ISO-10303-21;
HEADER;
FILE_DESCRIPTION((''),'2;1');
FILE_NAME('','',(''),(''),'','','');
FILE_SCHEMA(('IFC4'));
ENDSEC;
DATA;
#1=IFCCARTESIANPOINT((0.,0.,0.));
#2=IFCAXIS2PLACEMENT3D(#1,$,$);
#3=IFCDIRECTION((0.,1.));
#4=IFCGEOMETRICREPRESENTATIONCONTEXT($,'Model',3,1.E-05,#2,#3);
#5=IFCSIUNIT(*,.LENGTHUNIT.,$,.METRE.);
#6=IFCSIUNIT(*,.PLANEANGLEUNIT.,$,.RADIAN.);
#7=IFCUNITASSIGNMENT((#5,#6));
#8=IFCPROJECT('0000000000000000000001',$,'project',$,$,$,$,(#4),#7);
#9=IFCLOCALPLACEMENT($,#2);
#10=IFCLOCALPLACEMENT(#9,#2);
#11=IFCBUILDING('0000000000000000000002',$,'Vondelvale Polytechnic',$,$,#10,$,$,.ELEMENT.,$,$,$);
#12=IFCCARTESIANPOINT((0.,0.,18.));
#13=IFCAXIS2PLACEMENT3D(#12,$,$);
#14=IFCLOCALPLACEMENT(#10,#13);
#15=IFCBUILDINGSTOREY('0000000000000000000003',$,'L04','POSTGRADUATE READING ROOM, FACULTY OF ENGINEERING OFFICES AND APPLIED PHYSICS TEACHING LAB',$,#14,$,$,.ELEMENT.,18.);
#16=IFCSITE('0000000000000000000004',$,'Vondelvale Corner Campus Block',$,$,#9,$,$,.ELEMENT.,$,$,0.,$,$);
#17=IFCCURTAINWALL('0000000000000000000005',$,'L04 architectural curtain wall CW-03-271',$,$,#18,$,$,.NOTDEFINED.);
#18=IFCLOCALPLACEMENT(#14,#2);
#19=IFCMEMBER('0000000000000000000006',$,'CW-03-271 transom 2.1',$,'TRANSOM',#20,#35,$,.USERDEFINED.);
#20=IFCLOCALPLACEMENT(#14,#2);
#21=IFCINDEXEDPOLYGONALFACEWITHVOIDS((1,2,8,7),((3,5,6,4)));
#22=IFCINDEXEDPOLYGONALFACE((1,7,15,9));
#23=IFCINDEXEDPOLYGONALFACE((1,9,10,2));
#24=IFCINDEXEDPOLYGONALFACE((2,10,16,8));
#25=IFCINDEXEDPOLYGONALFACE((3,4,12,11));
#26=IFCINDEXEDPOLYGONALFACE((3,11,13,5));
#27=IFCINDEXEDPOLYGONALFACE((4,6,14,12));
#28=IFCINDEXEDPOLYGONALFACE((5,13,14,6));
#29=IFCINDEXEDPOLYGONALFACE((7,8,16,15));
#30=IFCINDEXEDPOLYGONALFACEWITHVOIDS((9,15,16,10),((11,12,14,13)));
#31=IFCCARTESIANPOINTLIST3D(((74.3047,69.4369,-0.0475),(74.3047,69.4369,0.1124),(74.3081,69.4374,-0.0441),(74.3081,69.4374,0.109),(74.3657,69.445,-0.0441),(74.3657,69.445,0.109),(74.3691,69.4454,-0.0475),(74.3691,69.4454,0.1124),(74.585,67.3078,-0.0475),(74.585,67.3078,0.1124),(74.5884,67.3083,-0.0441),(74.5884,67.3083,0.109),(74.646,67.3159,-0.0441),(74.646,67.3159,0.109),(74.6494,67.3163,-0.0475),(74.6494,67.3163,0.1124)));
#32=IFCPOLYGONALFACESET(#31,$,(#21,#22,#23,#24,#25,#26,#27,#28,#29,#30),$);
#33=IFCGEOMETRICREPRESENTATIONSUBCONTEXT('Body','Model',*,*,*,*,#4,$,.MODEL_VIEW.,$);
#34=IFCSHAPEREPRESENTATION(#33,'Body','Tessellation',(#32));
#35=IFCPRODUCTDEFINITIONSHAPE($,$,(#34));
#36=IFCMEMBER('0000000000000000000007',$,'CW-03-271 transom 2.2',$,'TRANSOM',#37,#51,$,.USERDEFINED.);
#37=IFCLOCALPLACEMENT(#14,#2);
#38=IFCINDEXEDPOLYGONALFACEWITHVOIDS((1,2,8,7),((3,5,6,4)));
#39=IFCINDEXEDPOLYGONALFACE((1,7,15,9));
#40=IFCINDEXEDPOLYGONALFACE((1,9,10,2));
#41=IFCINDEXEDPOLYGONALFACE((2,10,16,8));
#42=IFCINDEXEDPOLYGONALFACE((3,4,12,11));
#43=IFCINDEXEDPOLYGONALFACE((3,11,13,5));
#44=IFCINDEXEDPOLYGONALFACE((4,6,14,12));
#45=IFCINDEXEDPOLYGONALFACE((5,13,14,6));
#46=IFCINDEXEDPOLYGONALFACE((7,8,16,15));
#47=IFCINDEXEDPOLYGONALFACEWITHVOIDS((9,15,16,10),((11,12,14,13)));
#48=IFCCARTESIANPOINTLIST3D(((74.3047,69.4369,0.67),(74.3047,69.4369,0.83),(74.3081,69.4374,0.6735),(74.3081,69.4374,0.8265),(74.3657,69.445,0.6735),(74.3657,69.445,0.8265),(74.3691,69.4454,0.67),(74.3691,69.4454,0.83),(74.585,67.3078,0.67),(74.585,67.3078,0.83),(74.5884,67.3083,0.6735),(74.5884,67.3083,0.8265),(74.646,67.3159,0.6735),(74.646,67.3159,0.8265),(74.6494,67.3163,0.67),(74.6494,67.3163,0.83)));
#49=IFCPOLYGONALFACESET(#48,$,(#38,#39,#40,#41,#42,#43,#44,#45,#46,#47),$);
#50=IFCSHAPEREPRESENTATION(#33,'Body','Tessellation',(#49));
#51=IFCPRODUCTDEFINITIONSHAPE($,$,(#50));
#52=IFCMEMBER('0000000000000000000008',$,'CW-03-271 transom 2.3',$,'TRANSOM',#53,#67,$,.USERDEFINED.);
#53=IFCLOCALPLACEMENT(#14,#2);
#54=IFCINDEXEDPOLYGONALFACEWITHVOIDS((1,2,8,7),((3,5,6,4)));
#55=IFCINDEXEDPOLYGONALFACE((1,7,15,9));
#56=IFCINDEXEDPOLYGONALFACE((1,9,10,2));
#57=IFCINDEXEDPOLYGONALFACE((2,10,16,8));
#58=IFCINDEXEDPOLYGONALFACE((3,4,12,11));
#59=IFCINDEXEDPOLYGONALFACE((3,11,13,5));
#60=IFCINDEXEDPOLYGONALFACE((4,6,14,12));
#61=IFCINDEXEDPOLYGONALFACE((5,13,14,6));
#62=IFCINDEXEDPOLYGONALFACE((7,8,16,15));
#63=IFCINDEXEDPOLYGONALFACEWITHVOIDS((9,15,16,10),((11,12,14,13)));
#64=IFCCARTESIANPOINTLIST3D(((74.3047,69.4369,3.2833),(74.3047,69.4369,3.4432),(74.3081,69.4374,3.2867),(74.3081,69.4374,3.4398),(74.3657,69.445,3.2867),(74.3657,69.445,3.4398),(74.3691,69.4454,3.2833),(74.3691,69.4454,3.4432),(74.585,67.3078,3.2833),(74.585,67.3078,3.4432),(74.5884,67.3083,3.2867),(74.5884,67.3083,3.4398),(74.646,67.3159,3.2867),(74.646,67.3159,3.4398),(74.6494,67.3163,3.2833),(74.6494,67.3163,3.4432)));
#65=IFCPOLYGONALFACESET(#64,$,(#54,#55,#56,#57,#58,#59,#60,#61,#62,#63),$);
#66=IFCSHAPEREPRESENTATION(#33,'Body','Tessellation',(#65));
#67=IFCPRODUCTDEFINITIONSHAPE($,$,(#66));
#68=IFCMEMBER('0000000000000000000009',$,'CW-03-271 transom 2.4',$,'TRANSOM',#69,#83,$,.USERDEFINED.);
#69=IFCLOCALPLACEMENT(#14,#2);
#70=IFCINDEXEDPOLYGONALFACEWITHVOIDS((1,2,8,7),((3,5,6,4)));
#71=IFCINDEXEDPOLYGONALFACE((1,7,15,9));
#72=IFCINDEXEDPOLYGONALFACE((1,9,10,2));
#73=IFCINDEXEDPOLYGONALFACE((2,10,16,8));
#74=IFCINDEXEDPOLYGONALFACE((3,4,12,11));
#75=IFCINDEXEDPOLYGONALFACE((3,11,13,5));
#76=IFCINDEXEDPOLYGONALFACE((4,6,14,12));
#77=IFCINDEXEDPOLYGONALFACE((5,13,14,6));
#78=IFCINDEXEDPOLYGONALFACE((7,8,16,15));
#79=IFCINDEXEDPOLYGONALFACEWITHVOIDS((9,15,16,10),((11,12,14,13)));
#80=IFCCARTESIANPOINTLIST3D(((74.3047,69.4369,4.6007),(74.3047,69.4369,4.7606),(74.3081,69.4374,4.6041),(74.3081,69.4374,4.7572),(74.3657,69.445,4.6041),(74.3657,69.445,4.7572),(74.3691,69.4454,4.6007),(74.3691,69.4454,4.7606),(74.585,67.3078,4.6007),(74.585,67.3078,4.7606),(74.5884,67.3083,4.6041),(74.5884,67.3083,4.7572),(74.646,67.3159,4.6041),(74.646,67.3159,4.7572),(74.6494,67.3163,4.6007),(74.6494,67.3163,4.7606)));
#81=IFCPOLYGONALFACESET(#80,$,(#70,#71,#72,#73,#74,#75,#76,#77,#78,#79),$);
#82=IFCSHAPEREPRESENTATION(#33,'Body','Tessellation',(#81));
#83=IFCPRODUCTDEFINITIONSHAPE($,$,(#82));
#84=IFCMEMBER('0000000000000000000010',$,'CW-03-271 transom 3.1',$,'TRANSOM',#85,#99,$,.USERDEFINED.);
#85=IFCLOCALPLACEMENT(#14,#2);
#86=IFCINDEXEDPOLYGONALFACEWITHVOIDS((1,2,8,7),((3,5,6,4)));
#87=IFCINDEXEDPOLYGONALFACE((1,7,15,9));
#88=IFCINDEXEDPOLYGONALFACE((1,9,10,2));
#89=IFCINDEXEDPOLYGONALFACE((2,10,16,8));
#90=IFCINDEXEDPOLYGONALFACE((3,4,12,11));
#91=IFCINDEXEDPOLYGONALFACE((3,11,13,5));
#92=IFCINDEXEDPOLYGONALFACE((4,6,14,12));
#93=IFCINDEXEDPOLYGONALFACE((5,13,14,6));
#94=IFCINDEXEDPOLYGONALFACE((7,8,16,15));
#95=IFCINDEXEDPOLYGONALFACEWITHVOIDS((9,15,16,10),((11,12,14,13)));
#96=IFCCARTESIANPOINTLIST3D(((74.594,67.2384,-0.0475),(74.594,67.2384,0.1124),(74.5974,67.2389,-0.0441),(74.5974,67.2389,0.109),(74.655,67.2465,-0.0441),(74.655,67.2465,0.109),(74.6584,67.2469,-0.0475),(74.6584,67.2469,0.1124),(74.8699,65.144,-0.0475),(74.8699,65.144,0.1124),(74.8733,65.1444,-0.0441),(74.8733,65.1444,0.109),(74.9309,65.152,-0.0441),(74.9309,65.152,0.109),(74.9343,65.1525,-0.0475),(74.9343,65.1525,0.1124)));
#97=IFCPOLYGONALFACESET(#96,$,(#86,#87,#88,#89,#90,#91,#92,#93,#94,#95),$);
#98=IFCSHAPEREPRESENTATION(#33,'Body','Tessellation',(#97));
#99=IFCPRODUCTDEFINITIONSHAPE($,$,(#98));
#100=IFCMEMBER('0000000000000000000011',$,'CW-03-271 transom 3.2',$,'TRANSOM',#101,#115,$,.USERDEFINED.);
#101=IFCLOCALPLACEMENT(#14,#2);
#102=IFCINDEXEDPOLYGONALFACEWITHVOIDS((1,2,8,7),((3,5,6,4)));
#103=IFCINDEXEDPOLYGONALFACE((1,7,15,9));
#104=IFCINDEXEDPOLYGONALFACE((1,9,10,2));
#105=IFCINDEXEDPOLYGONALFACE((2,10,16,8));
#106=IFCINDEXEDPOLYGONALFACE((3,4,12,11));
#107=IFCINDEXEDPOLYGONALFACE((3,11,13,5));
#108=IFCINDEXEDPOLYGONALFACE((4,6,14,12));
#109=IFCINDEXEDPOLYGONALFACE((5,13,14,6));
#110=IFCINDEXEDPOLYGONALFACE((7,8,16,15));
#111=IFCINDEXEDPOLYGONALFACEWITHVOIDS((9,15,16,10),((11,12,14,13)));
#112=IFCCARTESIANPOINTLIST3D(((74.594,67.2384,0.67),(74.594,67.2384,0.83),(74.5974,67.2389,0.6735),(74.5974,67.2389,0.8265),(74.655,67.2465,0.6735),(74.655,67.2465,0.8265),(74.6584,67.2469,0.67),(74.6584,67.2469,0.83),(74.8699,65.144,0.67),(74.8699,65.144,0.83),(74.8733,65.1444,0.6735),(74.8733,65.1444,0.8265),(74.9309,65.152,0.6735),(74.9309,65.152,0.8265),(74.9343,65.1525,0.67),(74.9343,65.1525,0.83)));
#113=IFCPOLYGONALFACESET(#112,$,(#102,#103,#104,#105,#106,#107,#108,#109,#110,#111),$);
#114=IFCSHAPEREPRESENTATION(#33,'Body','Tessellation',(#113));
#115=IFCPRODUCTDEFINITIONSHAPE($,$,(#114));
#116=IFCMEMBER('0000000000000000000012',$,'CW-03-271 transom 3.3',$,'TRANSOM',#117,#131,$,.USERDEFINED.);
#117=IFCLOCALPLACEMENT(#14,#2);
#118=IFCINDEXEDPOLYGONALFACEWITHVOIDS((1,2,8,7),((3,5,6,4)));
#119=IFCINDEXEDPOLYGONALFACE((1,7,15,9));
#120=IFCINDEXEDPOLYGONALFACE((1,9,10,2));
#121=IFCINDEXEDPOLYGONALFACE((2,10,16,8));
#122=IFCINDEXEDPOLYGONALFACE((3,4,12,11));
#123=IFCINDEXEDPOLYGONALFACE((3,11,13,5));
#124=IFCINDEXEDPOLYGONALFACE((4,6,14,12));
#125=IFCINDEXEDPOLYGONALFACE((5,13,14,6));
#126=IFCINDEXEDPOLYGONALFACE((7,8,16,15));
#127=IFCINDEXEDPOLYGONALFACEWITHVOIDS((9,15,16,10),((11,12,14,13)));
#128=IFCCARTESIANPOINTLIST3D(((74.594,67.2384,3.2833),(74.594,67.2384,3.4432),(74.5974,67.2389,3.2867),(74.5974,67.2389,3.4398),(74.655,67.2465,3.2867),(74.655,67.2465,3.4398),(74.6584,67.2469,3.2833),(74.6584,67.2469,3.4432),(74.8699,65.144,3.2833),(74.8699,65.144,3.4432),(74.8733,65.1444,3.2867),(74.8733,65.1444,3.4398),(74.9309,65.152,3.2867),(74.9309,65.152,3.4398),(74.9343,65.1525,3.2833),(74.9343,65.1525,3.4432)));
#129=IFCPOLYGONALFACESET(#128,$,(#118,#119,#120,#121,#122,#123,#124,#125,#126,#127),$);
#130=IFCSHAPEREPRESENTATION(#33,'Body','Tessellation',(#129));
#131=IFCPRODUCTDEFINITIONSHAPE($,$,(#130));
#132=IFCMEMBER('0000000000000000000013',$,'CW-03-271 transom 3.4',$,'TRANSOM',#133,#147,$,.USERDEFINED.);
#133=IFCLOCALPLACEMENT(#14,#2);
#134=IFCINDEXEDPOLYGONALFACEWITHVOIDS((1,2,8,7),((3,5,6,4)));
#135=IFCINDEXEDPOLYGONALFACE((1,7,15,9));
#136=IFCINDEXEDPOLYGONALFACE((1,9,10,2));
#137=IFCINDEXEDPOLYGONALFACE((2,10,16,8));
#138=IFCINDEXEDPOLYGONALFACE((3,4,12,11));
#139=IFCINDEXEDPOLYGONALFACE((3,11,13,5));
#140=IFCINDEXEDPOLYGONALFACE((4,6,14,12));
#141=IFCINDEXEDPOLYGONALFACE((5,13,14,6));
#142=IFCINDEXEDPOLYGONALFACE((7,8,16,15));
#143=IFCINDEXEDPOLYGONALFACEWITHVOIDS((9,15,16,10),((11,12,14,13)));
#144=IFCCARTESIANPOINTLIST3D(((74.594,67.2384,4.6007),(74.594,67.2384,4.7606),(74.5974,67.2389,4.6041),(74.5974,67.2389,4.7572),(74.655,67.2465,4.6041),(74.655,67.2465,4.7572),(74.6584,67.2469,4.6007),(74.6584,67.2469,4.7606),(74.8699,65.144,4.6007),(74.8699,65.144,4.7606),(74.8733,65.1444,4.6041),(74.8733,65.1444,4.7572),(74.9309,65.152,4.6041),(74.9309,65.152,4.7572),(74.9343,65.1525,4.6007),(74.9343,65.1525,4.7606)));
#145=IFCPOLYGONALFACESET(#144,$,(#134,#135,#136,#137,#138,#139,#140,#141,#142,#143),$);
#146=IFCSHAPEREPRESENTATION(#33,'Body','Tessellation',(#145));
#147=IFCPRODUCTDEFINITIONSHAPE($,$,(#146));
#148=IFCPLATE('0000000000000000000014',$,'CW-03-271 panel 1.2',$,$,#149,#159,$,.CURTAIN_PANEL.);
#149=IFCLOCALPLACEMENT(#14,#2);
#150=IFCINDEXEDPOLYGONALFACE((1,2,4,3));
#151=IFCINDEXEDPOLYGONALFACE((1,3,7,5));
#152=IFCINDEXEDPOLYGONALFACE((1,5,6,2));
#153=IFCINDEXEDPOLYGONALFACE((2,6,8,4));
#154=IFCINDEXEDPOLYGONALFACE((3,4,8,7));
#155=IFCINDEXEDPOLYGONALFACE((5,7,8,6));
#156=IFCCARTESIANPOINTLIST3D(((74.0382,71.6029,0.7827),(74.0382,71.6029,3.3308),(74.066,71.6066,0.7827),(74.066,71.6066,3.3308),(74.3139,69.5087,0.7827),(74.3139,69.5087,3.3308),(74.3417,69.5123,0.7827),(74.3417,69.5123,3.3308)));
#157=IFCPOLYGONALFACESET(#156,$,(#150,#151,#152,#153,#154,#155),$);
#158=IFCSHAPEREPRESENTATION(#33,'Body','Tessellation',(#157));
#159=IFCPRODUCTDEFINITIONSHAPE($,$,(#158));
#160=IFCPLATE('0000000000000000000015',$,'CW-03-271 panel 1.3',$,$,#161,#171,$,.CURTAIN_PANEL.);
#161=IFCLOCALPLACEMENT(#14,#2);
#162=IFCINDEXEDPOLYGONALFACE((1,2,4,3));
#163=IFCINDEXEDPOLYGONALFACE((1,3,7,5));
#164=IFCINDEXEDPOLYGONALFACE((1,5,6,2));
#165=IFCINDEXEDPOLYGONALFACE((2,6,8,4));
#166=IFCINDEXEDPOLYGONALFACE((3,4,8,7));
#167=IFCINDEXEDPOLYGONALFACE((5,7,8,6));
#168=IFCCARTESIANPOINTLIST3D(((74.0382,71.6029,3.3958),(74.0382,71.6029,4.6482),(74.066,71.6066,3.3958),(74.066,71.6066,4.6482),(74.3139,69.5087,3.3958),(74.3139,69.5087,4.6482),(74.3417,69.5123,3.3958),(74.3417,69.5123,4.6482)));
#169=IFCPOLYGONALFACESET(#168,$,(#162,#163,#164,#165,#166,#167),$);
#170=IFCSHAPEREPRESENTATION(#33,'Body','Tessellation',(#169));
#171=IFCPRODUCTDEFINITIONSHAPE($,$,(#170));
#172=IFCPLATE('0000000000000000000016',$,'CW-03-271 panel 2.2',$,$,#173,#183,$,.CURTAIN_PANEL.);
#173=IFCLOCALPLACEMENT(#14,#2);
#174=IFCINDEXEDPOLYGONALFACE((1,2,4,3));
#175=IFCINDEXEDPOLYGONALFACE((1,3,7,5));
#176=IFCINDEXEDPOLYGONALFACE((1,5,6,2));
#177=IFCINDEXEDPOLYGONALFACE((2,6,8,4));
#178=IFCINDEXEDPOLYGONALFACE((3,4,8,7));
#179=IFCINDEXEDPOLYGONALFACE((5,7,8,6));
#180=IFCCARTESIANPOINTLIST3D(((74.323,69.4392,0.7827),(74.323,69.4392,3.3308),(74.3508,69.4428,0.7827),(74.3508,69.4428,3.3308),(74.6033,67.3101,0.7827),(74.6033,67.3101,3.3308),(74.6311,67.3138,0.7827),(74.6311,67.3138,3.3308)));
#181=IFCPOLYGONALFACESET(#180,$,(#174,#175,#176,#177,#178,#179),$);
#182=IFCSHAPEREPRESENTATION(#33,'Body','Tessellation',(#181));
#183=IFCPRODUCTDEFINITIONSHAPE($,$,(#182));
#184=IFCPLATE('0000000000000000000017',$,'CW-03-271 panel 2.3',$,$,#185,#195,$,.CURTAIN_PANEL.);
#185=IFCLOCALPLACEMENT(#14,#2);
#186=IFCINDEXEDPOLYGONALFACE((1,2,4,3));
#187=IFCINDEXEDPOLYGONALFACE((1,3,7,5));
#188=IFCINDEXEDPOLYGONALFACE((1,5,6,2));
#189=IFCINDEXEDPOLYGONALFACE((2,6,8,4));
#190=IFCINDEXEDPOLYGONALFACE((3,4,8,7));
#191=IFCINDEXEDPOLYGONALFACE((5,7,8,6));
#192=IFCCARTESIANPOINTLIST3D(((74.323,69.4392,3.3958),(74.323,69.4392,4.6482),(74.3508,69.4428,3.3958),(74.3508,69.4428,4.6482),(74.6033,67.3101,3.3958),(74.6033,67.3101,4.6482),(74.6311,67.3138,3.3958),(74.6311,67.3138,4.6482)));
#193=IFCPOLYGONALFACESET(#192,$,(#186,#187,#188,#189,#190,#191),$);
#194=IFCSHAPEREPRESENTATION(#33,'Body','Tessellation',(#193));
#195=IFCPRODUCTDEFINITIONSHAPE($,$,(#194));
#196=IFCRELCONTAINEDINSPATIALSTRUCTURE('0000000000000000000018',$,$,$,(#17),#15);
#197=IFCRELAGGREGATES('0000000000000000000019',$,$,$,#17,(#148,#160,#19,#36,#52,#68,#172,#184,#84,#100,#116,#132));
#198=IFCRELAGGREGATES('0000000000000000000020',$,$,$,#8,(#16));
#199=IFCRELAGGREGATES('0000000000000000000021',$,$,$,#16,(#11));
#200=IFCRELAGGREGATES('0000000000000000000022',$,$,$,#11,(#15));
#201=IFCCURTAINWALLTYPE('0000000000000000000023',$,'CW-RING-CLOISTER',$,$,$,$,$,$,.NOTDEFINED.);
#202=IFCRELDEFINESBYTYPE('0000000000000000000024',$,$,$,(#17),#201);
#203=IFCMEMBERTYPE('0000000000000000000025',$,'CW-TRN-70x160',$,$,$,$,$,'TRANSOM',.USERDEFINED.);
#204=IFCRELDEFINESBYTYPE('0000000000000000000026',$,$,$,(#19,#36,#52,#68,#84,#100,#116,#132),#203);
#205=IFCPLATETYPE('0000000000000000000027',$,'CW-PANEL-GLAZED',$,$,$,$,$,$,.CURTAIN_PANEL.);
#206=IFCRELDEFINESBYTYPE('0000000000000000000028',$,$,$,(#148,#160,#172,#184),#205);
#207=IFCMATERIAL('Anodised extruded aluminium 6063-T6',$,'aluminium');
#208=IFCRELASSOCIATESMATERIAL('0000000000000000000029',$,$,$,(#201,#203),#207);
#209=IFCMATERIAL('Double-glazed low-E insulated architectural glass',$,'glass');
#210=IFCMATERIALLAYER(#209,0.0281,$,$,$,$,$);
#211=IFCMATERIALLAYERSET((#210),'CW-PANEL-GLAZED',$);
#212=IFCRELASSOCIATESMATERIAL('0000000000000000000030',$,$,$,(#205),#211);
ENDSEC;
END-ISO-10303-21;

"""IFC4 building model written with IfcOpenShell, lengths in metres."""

from ifc_helpers import new_model, si_unit, direction, frame, origin, origin_2d, place, context, subcontext, project, spatial, rectangle, hollow_rectangle, extrude, material, layer, layer_set, material_profile, profile_set, type_object, element, aggregate, save


model = new_model("IFC4")

# Units and contexts
model_context = context("Model", 3, precision=1e-05, world=origin(), true_north=direction((0.0, 1.0)))
body_context = subcontext(model_context, "Body", "Model", "MODEL_VIEW")
ifc_project = project(units=[si_unit("LENGTHUNIT", "METRE"), si_unit("PLANEANGLEUNIT", "RADIAN")], contexts=[model_context])

# Site, building, storey
site_placement = place(None, origin())
site = spatial("IfcSite", under=ifc_project, at=site_placement, Name="Vondelvale Corner Campus Block", CompositionType="ELEMENT", RefElevation=0.0)
building_placement = place(site_placement, origin())
building = spatial("IfcBuilding", under=site, at=building_placement, Name="Vondelvale Polytechnic", CompositionType="ELEMENT")
storey_placement = place(building_placement, frame((0.0, 0.0, 18.0)))
storey = spatial("IfcBuildingStorey", under=building, at=storey_placement, Name="L04", Description="POSTGRADUATE READING ROOM, FACULTY OF ENGINEERING OFFICES AND APPLIED PHYSICS TEACHING LAB", CompositionType="ELEMENT", Elevation=18.0)

# Curtain wall, members, plates
ifc_material_1 = material(Name="Anodised extruded aluminium 6063-T6", Category="aluminium")
curtain_wall_type = type_object("IfcCurtainWallType", Name="CW-RING-CLOISTER", PredefinedType="NOTDEFINED", material=ifc_material_1)
curtain_wall_placement = place(storey_placement, origin())
curtain_wall = element("IfcCurtainWall", 1, at=curtain_wall_placement, inside=storey, type_object=curtain_wall_type, Name="L04 architectural curtain wall CW-03-271", PredefinedType="NOTDEFINED")
ifc_material_profile_1 = material_profile(ifc_material_1, hollow_rectangle(XDim=0.0649, YDim=0.1599, WallThickness=0.0034, at=origin_2d()), Name="CW-TRN-160x65")
ifc_profile_set_1 = profile_set([ifc_material_profile_1], Name="Anodised extruded aluminium 6063-T6")
member_type_1 = type_object("IfcMemberType", Name="CW-TRN-70x160", ElementType="TRANSOM", PredefinedType="USERDEFINED", material=ifc_profile_set_1)
member_1_placement = place(storey_placement, frame((74.3369, 69.4412, 0.0325), z_axis=(0.13051, -0.991447, 0.0), x_axis=(0.991447, 0.13051, 0.0)))
member_1 = element("IfcMember", 2, at=member_1_placement, type_object=member_type_1, Name="CW-03-271 transom 2.1", ObjectType="TRANSOM", PredefinedType="USERDEFINED", context=body_context, shape_type="SweptSolid", body=[
    extrude(hollow_rectangle(XDim=0.0649, YDim=0.1599, WallThickness=0.0034, at=origin_2d()), origin(), (0.0, 0.0, 1.0), 2.1475),
])
member_2_placement = place(storey_placement, frame((74.3369, 69.4412, 0.75), z_axis=(0.13051, -0.991447, 0.0), x_axis=(0.991447, 0.13051, 0.0)))
member_2 = element("IfcMember", 3, at=member_2_placement, type_object=member_type_1, Name="CW-03-271 transom 2.2", ObjectType="TRANSOM", PredefinedType="USERDEFINED", context=body_context, shape_type="SweptSolid", body=[
    extrude(hollow_rectangle(XDim=0.0649, YDim=0.1599, WallThickness=0.0034, at=origin_2d()), origin(), (0.0, 0.0, 1.0), 2.1475),
])
member_3_placement = place(storey_placement, frame((74.3369, 69.4412, 3.3633), z_axis=(0.13051, -0.991447, 0.0), x_axis=(0.991447, 0.13051, 0.0)))
member_3 = element("IfcMember", 4, at=member_3_placement, type_object=member_type_1, Name="CW-03-271 transom 2.3", ObjectType="TRANSOM", PredefinedType="USERDEFINED", context=body_context, shape_type="SweptSolid", body=[
    extrude(hollow_rectangle(XDim=0.0649, YDim=0.1599, WallThickness=0.0034, at=origin_2d()), origin(), (0.0, 0.0, 1.0), 2.1475),
])
member_4_placement = place(storey_placement, frame((74.3369, 69.4412, 4.6807), z_axis=(0.13051, -0.991447, 0.0), x_axis=(0.991447, 0.13051, 0.0)))
member_4 = element("IfcMember", 5, at=member_4_placement, type_object=member_type_1, Name="CW-03-271 transom 2.4", ObjectType="TRANSOM", PredefinedType="USERDEFINED", context=body_context, shape_type="SweptSolid", body=[
    extrude(hollow_rectangle(XDim=0.0649, YDim=0.1599, WallThickness=0.0034, at=origin_2d()), origin(), (0.0, 0.0, 1.0), 2.1475),
])
member_5_placement = place(storey_placement, frame((74.6262, 67.2427, 0.0325), z_axis=(0.130589, -0.991437, 0.0), x_axis=(0.991437, 0.130589, 0.0)))
member_5 = element("IfcMember", 6, at=member_5_placement, type_object=member_type_1, Name="CW-03-271 transom 3.1", ObjectType="TRANSOM", PredefinedType="USERDEFINED", context=body_context, shape_type="SweptSolid", body=[
    extrude(hollow_rectangle(XDim=0.0649, YDim=0.1599, WallThickness=0.0034, at=origin_2d()), origin(), (0.0, 0.0, 1.0), 2.1125),
])
member_6_placement = place(storey_placement, frame((74.6262, 67.2427, 0.75), z_axis=(0.130589, -0.991437, 0.0), x_axis=(0.991437, 0.130589, 0.0)))
member_6 = element("IfcMember", 7, at=member_6_placement, type_object=member_type_1, Name="CW-03-271 transom 3.2", ObjectType="TRANSOM", PredefinedType="USERDEFINED", context=body_context, shape_type="SweptSolid", body=[
    extrude(hollow_rectangle(XDim=0.0649, YDim=0.1599, WallThickness=0.0034, at=origin_2d()), origin(), (0.0, 0.0, 1.0), 2.1125),
])
member_7_placement = place(storey_placement, frame((74.6262, 67.2427, 3.3633), z_axis=(0.130589, -0.991437, 0.0), x_axis=(0.991437, 0.130589, 0.0)))
member_7 = element("IfcMember", 8, at=member_7_placement, type_object=member_type_1, Name="CW-03-271 transom 3.3", ObjectType="TRANSOM", PredefinedType="USERDEFINED", context=body_context, shape_type="SweptSolid", body=[
    extrude(hollow_rectangle(XDim=0.0649, YDim=0.1599, WallThickness=0.0034, at=origin_2d()), origin(), (0.0, 0.0, 1.0), 2.1125),
])
member_8_placement = place(storey_placement, frame((74.6262, 67.2427, 4.6807), z_axis=(0.130589, -0.991437, 0.0), x_axis=(0.991437, 0.130589, 0.0)))
member_8 = element("IfcMember", 9, at=member_8_placement, type_object=member_type_1, Name="CW-03-271 transom 3.4", ObjectType="TRANSOM", PredefinedType="USERDEFINED", context=body_context, shape_type="SweptSolid", body=[
    extrude(hollow_rectangle(XDim=0.0649, YDim=0.1599, WallThickness=0.0034, at=origin_2d()), origin(), (0.0, 0.0, 1.0), 2.1125),
])
ifc_material_2 = material(Name="Double-glazed low-E insulated architectural glass", Category="glass")
ifc_layer_1 = layer(ifc_material_2, 0.0281)
ifc_layer_set_1 = layer_set([ifc_layer_1], Name="CW-PANEL-GLAZED")
plate_type_1 = type_object("IfcPlateType", Name="CW-PANEL-GLAZED", PredefinedType="CURTAIN_PANEL", material=ifc_layer_set_1)
plate_1_placement = place(storey_placement, frame((74.1899, 70.5576, 0.7827), z_axis=(0.0, 0.0, 1.0), x_axis=(0.130528, -0.991445, 0.0)))
plate_1 = element("IfcPlate", 10, at=plate_1_placement, type_object=plate_type_1, Name="CW-03-271 panel 1.2", PredefinedType="CURTAIN_PANEL", context=body_context, shape_type="SweptSolid", body=[
    extrude(rectangle(XDim=2.1123, YDim=0.0281, at=origin_2d()), origin(), (0.0, 0.0, 1.0), 2.5481),
])
plate_2_placement = place(storey_placement, frame((74.1899, 70.5576, 3.3958), z_axis=(0.0, 0.0, 1.0), x_axis=(0.130528, -0.991445, 0.0)))
plate_2 = element("IfcPlate", 11, at=plate_2_placement, type_object=plate_type_1, Name="CW-03-271 panel 1.3", PredefinedType="CURTAIN_PANEL", context=body_context, shape_type="SweptSolid", body=[
    extrude(rectangle(XDim=2.1123, YDim=0.0281, at=origin_2d()), origin(), (0.0, 0.0, 1.0), 1.2524),
])
plate_3_placement = place(storey_placement, frame((74.4771, 68.3765, 0.7827), z_axis=(0.0, 0.0, 1.0), x_axis=(0.130528, -0.991445, 0.0)))
plate_3 = element("IfcPlate", 12, at=plate_3_placement, type_object=plate_type_1, Name="CW-03-271 panel 2.2", PredefinedType="CURTAIN_PANEL", context=body_context, shape_type="SweptSolid", body=[
    extrude(rectangle(XDim=2.1475, YDim=0.0281, at=origin_2d()), origin(), (0.0, 0.0, 1.0), 2.5481),
])
plate_4_placement = place(storey_placement, frame((74.4771, 68.3765, 3.3958), z_axis=(0.0, 0.0, 1.0), x_axis=(0.130528, -0.991445, 0.0)))
plate_4 = element("IfcPlate", 13, at=plate_4_placement, type_object=plate_type_1, Name="CW-03-271 panel 2.3", PredefinedType="CURTAIN_PANEL", context=body_context, shape_type="SweptSolid", body=[
    extrude(rectangle(XDim=2.1475, YDim=0.0281, at=origin_2d()), origin(), (0.0, 0.0, 1.0), 1.2524),
])
aggregate(curtain_wall, [plate_1, plate_2, member_1, member_2, member_3, member_4, plate_3, plate_4, member_5, member_6, member_7, member_8])

save(model, "model.ifc")
